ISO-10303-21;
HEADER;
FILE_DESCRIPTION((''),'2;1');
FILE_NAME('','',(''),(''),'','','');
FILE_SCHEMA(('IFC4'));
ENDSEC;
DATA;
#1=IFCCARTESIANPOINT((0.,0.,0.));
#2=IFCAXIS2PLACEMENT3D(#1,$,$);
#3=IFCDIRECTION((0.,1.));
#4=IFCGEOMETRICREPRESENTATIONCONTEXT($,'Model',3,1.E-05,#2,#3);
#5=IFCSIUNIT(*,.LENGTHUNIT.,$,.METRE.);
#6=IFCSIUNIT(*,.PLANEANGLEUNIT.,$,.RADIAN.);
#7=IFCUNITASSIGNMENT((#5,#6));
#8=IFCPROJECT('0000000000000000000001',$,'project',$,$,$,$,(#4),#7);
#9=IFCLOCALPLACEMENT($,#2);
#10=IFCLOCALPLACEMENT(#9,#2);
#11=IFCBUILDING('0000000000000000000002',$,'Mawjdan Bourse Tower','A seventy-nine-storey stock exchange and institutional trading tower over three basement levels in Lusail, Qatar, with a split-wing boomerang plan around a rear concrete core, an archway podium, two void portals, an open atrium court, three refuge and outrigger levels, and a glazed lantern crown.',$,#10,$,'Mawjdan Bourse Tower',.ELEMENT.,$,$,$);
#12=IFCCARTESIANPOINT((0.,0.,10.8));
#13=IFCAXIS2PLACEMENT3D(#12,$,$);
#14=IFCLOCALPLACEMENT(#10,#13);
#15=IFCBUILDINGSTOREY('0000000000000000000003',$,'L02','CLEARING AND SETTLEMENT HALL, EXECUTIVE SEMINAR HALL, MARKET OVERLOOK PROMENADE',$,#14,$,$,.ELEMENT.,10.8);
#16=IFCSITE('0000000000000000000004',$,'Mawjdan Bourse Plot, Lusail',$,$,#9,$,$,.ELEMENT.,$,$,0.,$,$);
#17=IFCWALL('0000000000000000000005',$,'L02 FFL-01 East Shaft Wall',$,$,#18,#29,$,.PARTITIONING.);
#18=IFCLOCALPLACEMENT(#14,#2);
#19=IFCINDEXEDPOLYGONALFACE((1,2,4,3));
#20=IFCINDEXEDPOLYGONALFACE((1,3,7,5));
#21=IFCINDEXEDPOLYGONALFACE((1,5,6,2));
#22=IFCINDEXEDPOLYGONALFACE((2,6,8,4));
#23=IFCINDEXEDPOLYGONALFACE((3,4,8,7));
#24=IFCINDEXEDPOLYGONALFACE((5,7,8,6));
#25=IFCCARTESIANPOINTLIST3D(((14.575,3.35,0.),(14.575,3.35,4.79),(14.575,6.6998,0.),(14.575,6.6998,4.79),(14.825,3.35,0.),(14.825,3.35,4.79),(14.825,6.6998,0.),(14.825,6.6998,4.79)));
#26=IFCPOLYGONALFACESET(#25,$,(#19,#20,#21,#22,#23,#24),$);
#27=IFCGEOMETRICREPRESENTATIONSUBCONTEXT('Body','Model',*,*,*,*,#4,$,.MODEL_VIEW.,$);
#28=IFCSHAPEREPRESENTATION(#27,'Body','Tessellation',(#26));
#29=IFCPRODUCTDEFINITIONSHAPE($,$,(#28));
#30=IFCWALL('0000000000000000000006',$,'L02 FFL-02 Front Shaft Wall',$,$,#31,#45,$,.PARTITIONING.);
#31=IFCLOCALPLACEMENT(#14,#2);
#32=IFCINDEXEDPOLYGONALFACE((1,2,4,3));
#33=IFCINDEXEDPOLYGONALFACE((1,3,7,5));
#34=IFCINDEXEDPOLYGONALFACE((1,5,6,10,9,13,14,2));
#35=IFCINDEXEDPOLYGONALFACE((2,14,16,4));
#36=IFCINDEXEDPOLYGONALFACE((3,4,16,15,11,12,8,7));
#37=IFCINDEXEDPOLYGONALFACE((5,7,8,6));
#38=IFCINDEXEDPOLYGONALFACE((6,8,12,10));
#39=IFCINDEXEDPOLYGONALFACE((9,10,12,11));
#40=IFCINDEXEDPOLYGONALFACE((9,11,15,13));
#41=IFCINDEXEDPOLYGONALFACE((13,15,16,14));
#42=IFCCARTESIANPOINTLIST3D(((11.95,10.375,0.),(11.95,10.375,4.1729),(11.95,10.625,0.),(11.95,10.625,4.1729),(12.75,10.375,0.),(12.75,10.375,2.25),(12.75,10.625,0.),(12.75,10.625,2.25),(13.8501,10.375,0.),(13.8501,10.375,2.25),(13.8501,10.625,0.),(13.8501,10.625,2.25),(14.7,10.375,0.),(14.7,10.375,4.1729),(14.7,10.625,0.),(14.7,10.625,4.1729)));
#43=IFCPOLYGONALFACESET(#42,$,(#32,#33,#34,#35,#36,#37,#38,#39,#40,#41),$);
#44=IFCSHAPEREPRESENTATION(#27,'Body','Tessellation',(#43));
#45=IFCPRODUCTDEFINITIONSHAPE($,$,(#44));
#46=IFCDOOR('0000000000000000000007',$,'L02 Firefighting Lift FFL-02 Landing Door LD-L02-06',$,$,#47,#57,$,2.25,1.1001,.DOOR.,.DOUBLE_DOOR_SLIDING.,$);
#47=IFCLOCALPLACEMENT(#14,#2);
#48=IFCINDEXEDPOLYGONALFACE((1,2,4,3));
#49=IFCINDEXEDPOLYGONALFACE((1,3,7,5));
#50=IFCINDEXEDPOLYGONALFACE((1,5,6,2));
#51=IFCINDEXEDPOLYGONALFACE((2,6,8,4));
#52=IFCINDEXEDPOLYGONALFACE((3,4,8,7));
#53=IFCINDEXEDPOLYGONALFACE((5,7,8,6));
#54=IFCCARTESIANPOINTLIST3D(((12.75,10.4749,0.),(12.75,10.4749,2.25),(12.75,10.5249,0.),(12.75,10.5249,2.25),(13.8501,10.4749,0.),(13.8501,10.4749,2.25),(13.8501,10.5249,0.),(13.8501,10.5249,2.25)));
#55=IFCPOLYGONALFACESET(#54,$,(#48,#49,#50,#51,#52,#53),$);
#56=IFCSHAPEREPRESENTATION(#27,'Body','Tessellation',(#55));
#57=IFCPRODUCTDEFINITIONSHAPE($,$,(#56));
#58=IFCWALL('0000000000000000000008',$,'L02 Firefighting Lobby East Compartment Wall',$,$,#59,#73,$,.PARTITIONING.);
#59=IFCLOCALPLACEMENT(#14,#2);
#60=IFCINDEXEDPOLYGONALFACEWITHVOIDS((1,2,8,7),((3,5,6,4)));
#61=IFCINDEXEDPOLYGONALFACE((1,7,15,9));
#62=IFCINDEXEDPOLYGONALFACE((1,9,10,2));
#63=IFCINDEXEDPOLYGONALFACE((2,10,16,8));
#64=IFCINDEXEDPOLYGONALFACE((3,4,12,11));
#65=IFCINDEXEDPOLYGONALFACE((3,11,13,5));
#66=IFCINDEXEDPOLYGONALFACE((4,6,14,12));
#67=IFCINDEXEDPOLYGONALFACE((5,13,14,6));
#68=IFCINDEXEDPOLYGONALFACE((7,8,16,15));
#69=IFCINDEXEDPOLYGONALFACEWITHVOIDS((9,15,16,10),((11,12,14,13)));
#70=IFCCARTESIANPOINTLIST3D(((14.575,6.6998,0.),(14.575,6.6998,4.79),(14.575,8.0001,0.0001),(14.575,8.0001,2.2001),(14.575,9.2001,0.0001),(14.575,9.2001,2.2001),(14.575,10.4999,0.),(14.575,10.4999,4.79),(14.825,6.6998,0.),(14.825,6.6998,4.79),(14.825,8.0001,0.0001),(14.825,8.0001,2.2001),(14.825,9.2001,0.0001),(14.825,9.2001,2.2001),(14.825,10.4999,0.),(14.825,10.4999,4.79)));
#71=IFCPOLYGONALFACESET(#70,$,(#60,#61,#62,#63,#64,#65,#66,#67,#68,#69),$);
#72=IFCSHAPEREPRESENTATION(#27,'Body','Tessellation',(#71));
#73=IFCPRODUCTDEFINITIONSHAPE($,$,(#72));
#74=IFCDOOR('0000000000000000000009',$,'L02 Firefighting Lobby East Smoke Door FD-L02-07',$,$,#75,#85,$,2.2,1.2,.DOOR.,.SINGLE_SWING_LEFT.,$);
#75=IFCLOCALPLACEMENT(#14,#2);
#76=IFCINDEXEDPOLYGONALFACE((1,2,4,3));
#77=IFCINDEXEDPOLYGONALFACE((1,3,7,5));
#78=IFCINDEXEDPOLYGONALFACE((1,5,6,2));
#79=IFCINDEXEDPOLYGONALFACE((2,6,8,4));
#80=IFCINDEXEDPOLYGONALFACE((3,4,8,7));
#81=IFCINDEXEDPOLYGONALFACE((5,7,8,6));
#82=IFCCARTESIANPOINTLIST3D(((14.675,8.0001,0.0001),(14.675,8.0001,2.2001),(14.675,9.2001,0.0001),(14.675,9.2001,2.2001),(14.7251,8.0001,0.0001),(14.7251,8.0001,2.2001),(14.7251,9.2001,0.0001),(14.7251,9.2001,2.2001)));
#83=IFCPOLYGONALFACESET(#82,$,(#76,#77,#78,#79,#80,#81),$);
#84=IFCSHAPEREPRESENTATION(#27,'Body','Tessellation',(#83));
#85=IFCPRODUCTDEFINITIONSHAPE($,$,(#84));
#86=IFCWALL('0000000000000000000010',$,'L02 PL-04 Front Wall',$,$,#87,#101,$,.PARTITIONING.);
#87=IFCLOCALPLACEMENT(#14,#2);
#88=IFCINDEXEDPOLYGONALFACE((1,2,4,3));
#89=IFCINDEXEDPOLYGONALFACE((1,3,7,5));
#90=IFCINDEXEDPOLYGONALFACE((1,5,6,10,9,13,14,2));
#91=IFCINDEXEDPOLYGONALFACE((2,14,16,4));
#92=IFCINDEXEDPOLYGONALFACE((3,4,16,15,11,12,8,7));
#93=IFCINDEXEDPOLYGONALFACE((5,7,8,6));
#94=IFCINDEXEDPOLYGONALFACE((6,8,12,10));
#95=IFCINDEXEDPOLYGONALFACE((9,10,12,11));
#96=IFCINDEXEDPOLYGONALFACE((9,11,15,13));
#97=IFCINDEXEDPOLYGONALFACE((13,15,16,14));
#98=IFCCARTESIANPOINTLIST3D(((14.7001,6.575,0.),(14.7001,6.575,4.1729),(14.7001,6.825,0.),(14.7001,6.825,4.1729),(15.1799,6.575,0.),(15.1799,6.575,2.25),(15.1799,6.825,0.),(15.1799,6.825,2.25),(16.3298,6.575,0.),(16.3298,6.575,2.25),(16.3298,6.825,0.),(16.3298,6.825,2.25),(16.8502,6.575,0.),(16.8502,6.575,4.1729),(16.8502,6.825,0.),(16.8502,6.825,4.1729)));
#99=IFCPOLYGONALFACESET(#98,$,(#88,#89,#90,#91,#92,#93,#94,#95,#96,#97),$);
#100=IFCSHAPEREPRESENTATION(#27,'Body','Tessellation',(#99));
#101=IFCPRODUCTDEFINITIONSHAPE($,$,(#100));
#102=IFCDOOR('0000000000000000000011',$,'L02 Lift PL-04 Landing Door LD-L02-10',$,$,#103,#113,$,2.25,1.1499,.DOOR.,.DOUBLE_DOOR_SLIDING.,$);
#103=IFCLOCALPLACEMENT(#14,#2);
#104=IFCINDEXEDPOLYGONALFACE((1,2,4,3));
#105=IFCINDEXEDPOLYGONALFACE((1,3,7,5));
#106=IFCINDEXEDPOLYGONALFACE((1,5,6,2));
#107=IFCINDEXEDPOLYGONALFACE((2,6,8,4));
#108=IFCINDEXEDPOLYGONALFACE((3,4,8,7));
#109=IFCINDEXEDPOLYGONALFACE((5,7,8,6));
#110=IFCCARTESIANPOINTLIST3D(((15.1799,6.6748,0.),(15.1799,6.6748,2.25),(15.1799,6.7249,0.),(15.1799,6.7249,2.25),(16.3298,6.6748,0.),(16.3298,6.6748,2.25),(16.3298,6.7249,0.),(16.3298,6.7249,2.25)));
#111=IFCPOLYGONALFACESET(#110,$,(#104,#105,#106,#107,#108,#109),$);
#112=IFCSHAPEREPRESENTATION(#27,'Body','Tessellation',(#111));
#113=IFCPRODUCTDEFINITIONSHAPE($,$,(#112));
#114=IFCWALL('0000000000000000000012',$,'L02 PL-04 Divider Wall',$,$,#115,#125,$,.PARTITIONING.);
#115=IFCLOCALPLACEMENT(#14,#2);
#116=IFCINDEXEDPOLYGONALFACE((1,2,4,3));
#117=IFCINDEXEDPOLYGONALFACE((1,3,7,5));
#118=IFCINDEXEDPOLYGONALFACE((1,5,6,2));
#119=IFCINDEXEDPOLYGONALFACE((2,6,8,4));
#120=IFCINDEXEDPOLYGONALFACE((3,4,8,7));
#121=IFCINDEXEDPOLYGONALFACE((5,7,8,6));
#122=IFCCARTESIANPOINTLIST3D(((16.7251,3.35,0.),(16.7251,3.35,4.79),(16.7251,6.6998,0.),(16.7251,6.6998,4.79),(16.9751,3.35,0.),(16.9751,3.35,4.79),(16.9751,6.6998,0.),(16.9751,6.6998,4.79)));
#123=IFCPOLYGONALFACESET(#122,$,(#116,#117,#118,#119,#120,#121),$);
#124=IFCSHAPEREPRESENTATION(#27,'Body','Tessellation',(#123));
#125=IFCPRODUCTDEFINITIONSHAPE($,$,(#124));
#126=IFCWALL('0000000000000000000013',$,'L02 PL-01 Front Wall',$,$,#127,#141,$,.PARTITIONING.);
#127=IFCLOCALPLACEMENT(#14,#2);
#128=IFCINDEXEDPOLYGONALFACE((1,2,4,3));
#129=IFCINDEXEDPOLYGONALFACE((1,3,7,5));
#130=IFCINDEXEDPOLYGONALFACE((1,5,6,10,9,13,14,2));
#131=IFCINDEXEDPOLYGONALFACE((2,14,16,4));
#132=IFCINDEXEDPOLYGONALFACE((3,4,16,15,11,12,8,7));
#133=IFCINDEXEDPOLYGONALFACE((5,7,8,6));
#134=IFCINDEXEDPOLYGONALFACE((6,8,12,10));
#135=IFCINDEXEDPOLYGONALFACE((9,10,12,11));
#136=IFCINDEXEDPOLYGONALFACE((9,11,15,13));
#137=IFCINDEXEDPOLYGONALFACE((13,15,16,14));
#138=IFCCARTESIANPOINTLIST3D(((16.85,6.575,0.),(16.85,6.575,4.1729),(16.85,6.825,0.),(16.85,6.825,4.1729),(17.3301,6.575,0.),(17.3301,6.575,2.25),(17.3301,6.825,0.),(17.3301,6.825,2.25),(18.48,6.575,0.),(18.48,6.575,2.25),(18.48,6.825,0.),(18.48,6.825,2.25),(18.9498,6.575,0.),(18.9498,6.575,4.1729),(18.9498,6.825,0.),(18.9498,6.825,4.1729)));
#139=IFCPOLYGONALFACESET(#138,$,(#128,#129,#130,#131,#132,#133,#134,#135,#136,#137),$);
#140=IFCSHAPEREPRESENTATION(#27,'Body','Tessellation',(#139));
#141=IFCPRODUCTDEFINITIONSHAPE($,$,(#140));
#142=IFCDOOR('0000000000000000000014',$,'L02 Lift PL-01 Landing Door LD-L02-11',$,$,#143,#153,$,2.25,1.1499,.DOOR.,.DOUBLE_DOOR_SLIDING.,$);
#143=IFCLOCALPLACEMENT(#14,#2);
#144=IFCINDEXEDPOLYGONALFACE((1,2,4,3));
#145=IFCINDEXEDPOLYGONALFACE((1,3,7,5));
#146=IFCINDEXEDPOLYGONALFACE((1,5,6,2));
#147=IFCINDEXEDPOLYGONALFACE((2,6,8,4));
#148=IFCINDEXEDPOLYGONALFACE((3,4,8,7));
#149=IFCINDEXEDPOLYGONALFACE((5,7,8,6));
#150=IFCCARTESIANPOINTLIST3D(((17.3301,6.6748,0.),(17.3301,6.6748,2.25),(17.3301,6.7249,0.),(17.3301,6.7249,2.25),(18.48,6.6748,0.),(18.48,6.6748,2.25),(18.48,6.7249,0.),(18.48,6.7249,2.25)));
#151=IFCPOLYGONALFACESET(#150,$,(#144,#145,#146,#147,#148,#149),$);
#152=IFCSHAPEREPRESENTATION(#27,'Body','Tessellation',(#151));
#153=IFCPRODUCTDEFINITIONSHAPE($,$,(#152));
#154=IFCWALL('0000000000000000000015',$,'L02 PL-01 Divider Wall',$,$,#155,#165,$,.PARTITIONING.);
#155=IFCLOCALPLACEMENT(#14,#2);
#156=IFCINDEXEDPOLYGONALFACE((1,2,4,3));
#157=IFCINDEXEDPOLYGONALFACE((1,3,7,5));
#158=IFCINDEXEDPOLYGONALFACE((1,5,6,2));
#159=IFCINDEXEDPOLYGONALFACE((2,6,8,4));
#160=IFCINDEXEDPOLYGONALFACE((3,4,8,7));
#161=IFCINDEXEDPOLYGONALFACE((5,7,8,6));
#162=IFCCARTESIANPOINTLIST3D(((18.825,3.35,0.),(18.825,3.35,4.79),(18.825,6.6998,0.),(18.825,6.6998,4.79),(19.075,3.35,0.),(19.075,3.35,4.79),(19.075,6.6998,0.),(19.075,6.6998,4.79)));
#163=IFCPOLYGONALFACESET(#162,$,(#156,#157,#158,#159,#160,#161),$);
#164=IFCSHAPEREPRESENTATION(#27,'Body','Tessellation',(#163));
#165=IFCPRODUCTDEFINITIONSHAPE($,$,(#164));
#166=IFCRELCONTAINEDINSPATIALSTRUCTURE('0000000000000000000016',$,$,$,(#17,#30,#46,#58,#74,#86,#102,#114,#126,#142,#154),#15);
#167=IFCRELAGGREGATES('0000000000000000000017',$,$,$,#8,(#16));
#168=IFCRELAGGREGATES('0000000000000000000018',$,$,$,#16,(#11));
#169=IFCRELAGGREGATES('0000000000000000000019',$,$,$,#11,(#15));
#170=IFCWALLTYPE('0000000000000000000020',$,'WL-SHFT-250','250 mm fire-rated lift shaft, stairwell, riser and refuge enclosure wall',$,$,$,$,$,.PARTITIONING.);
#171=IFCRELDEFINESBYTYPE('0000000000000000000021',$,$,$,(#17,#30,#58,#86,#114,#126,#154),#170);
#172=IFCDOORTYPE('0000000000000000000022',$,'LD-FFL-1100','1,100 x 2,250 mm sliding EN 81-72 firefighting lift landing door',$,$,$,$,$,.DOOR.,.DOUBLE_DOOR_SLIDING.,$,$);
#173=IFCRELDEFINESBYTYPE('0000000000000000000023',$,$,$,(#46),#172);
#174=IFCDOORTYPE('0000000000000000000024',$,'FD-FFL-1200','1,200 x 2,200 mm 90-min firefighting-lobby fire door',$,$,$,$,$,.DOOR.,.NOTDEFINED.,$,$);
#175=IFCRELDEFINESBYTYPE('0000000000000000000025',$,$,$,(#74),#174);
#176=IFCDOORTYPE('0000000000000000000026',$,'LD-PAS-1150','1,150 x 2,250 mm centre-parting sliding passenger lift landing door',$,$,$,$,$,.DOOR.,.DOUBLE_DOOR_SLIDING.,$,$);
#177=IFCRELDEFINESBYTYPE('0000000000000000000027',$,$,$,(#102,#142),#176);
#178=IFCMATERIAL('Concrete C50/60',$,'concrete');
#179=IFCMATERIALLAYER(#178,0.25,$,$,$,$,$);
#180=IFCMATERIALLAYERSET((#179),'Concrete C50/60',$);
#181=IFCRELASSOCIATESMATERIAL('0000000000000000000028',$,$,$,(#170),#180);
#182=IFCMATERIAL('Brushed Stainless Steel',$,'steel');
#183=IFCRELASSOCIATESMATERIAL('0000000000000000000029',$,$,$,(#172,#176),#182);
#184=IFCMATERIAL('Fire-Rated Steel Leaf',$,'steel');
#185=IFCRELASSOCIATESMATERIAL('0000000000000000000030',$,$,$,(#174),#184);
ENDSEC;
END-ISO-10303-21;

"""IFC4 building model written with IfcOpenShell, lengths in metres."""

from ifc_helpers import new_model, si_unit, direction, frame, frame_2d, origin, place, context, subcontext, project, spatial, rectangle, extrude, material, layer, layer_set, type_object, element, fill, save


model = new_model("IFC4")

# Units and contexts
model_context = context("Model", 3, precision=1e-05, world=origin(), true_north=direction((0.0, 1.0)))
body_context = subcontext(model_context, "Body", "Model", "MODEL_VIEW")
ifc_project = project(units=[si_unit("LENGTHUNIT", "METRE"), si_unit("PLANEANGLEUNIT", "RADIAN")], contexts=[model_context])

# Site, building, storey
site_placement = place(None, origin())
site = spatial("IfcSite", under=ifc_project, at=site_placement, Name="Mawjdan Bourse Plot, Lusail", CompositionType="ELEMENT", RefElevation=0.0)
building_placement = place(site_placement, origin())
building = spatial("IfcBuilding", under=site, at=building_placement, Name="Mawjdan Bourse Tower", Description="A seventy-nine-storey stock exchange and institutional trading tower over three basement levels in Lusail, Qatar, with a split-wing boomerang plan around a rear concrete core, an archway podium, two void portals, an open atrium court, three refuge and outrigger levels, and a glazed lantern crown.", LongName="Mawjdan Bourse Tower", CompositionType="ELEMENT")
storey_placement = place(building_placement, frame((0.0, 0.0, 10.8)))
storey = spatial("IfcBuildingStorey", under=building, at=storey_placement, Name="L02", Description="CLEARING AND SETTLEMENT HALL, EXECUTIVE SEMINAR HALL, MARKET OVERLOOK PROMENADE", CompositionType="ELEMENT", Elevation=10.8)

# Shared definitions
ifc_material_1 = material(Name="Concrete C50/60", Category="concrete")
ifc_layer_1 = layer(ifc_material_1, 0.25)
ifc_layer_set_1 = layer_set([ifc_layer_1], Name="Concrete C50/60")
wall_type_1 = type_object("IfcWallType", Name="WL-SHFT-250", Description="250 mm fire-rated lift shaft, stairwell, riser and refuge enclosure wall", PredefinedType="PARTITIONING", material=ifc_layer_set_1)

# Shared definitions
ifc_material_2 = material(Name="Brushed Stainless Steel", Category="steel")
door_type_1 = type_object("IfcDoorType", Name="LD-FFL-1100", Description="1,100 x 2,250 mm sliding EN 81-72 firefighting lift landing door", OperationType="DOUBLE_DOOR_SLIDING", PredefinedType="DOOR", material=ifc_material_2)

# Wall
wall_1_placement = place(storey_placement, frame((14.7, 3.3501, 0.0), z_axis=(0.0, 0.0, 1.0), x_axis=(0.0, 1.0, 0.0)))
element("IfcWall", 1, at=wall_1_placement, inside=storey, type_object=wall_type_1, Name="L02 FFL-01 East Shaft Wall", PredefinedType="PARTITIONING", context=body_context, shape_type="SweptSolid", body=[
    extrude(rectangle(XDim=3.3499, YDim=0.25, at=frame_2d((1.6748, 0.0))), origin(), (0.0, 0.0, 1.0), 4.79),
])

# Walls, openings, doors
wall_2_placement = place(storey_placement, frame((11.95, 10.5, 0.0), z_axis=(0.0, 0.0, 1.0), x_axis=(1.0, 0.0, 0.0)))
wall_2 = element("IfcWall", 2, at=wall_2_placement, inside=storey, type_object=wall_type_1, Name="L02 FFL-02 Front Shaft Wall", PredefinedType="PARTITIONING", context=body_context, shape_type="SweptSolid", body=[
    extrude(rectangle(XDim=2.75, YDim=0.25, at=frame_2d((1.375, 0.0))), origin(), (0.0, 0.0, 1.0), 4.1729),
])
opening_1_placement = place(wall_2_placement, frame((0.8, 0.0, 0.0)))
opening_1 = element("IfcOpeningElement", 3, at=opening_1_placement, cuts=wall_2, PredefinedType="OPENING", context=body_context, shape_type="SweptSolid", body=[
    extrude(rectangle(XDim=1.1001, YDim=2.25, at=frame_2d((0.55, 1.125))), frame((0.0, 0.135, 0.0), z_axis=(0.0, -1.0, 0.0), x_axis=(1.0, 0.0, 0.0)), (0.0, 0.0, 1.0), 0.27),
])
door_1_placement = place(opening_1_placement, origin())
door_1 = element("IfcDoor", 4, at=door_1_placement, inside=storey, type_object=door_type_1, Name="L02 Firefighting Lift FFL-02 Landing Door LD-L02-06", OperationType="DOUBLE_DOOR_SLIDING", OverallHeight=2.25, OverallWidth=1.1001, PredefinedType="DOOR", context=body_context, shape_type="SweptSolid", body=[
    extrude(rectangle(XDim=1.1001, YDim=2.25, at=frame_2d((0.55, 1.125))), frame((0.0, 0.0249, 0.0), z_axis=(0.0, -1.0, 0.0), x_axis=(1.0, 0.0, 0.0)), (0.0, 0.0, 1.0), 0.05),
])
fill(opening_1, door_1)
wall_3_placement = place(storey_placement, frame((14.7, 6.7, 0.0), z_axis=(0.0, 0.0, 1.0), x_axis=(0.0, 1.0, 0.0)))
wall_3 = element("IfcWall", 5, at=wall_3_placement, inside=storey, type_object=wall_type_1, Name="L02 Firefighting Lobby East Compartment Wall", PredefinedType="PARTITIONING", context=body_context, shape_type="SweptSolid", body=[
    extrude(rectangle(XDim=3.8, YDim=0.25, at=frame_2d((1.8999, 0.0))), origin(), (0.0, 0.0, 1.0), 4.79),
])
opening_2_placement = place(wall_3_placement, frame((1.3, 0.0, 0.0)))
opening_2 = element("IfcOpeningElement", 6, at=opening_2_placement, cuts=wall_3, PredefinedType="OPENING", context=body_context, shape_type="SweptSolid", body=[
    extrude(rectangle(XDim=1.2, YDim=2.2, at=frame_2d((0.6001, 1.1001))), frame((0.0, 0.135, 0.0), z_axis=(0.0, -1.0, 0.0), x_axis=(1.0, 0.0, 0.0)), (0.0, 0.0, 1.0), 0.27),
])
ifc_material_3 = material(Name="Fire-Rated Steel Leaf", Category="steel")
door_type_2 = type_object("IfcDoorType", Name="FD-FFL-1200", Description="1,200 x 2,200 mm 90-min firefighting-lobby fire door", OperationType="NOTDEFINED", PredefinedType="DOOR", material=ifc_material_3)
door_2_placement = place(opening_2_placement, origin())
door_2 = element("IfcDoor", 7, at=door_2_placement, inside=storey, type_object=door_type_2, Name="L02 Firefighting Lobby East Smoke Door FD-L02-07", OperationType="SINGLE_SWING_LEFT", OverallHeight=2.2, OverallWidth=1.2, PredefinedType="DOOR", context=body_context, shape_type="SweptSolid", body=[
    extrude(rectangle(XDim=1.2, YDim=2.2, at=frame_2d((0.6001, 1.1001))), frame((0.0, 0.0249, 0.0), z_axis=(0.0, -1.0, 0.0), x_axis=(1.0, 0.0, 0.0)), (0.0, 0.0, 1.0), 0.05),
])
fill(opening_2, door_2)
wall_4_placement = place(storey_placement, frame((14.7, 6.7, 0.0), z_axis=(0.0, 0.0, 1.0), x_axis=(1.0, 0.0, 0.0)))
wall_4 = element("IfcWall", 8, at=wall_4_placement, inside=storey, type_object=wall_type_1, Name="L02 PL-04 Front Wall", PredefinedType="PARTITIONING", context=body_context, shape_type="SweptSolid", body=[
    extrude(rectangle(XDim=2.1501, YDim=0.25, at=frame_2d((1.0752, 0.0))), origin(), (0.0, 0.0, 1.0), 4.1729),
])
opening_3_placement = place(wall_4_placement, frame((0.48, 0.0, 0.0)))
opening_3 = element("IfcOpeningElement", 9, at=opening_3_placement, cuts=wall_4, PredefinedType="OPENING", context=body_context, shape_type="SweptSolid", body=[
    extrude(rectangle(XDim=1.1499, YDim=2.25, at=frame_2d((0.575, 1.125))), frame((0.0, 0.135, 0.0), z_axis=(0.0, -1.0, 0.0), x_axis=(1.0, 0.0, 0.0)), (0.0, 0.0, 1.0), 0.27),
])
door_type_3 = type_object("IfcDoorType", Name="LD-PAS-1150", Description="1,150 x 2,250 mm centre-parting sliding passenger lift landing door", OperationType="DOUBLE_DOOR_SLIDING", PredefinedType="DOOR", material=ifc_material_2)
door_3_placement = place(opening_3_placement, origin())
door_3 = element("IfcDoor", 10, at=door_3_placement, inside=storey, type_object=door_type_3, Name="L02 Lift PL-04 Landing Door LD-L02-10", OperationType="DOUBLE_DOOR_SLIDING", OverallHeight=2.25, OverallWidth=1.1499, PredefinedType="DOOR", context=body_context, shape_type="SweptSolid", body=[
    extrude(rectangle(XDim=1.1499, YDim=2.25, at=frame_2d((0.575, 1.125))), frame((0.0, 0.0249, 0.0), z_axis=(0.0, -1.0, 0.0), x_axis=(1.0, 0.0, 0.0)), (0.0, 0.0, 1.0), 0.05),
])
fill(opening_3, door_3)

# Wall
wall_5_placement = place(storey_placement, frame((16.8501, 3.3501, 0.0), z_axis=(0.0, 0.0, 1.0), x_axis=(0.0, 1.0, 0.0)))
element("IfcWall", 11, at=wall_5_placement, inside=storey, type_object=wall_type_1, Name="L02 PL-04 Divider Wall", PredefinedType="PARTITIONING", context=body_context, shape_type="SweptSolid", body=[
    extrude(rectangle(XDim=3.3499, YDim=0.25, at=frame_2d((1.6748, 0.0))), origin(), (0.0, 0.0, 1.0), 4.79),
])

# Wall, opening, door
wall_6_placement = place(storey_placement, frame((16.8501, 6.7, 0.0), z_axis=(0.0, 0.0, 1.0), x_axis=(1.0, 0.0, 0.0)))
wall_6 = element("IfcWall", 12, at=wall_6_placement, inside=storey, type_object=wall_type_1, Name="L02 PL-01 Front Wall", PredefinedType="PARTITIONING", context=body_context, shape_type="SweptSolid", body=[
    extrude(rectangle(XDim=2.0999, YDim=0.25, at=frame_2d((1.0498, 0.0))), origin(), (0.0, 0.0, 1.0), 4.1729),
])
opening_4_placement = place(wall_6_placement, frame((0.48, 0.0, 0.0)))
opening_4 = element("IfcOpeningElement", 13, at=opening_4_placement, cuts=wall_6, PredefinedType="OPENING", context=body_context, shape_type="SweptSolid", body=[
    extrude(rectangle(XDim=1.1499, YDim=2.25, at=frame_2d((0.575, 1.125))), frame((0.0, 0.135, 0.0), z_axis=(0.0, -1.0, 0.0), x_axis=(1.0, 0.0, 0.0)), (0.0, 0.0, 1.0), 0.27),
])
door_4_placement = place(opening_4_placement, origin())
door_4 = element("IfcDoor", 14, at=door_4_placement, inside=storey, type_object=door_type_3, Name="L02 Lift PL-01 Landing Door LD-L02-11", OperationType="DOUBLE_DOOR_SLIDING", OverallHeight=2.25, OverallWidth=1.1499, PredefinedType="DOOR", context=body_context, shape_type="SweptSolid", body=[
    extrude(rectangle(XDim=1.1499, YDim=2.25, at=frame_2d((0.575, 1.125))), frame((0.0, 0.0249, 0.0), z_axis=(0.0, -1.0, 0.0), x_axis=(1.0, 0.0, 0.0)), (0.0, 0.0, 1.0), 0.05),
])
fill(opening_4, door_4)

# Wall
wall_7_placement = place(storey_placement, frame((18.95, 3.3501, 0.0), z_axis=(0.0, 0.0, 1.0), x_axis=(0.0, 1.0, 0.0)))
element("IfcWall", 15, at=wall_7_placement, inside=storey, type_object=wall_type_1, Name="L02 PL-01 Divider Wall", PredefinedType="PARTITIONING", context=body_context, shape_type="SweptSolid", body=[
    extrude(rectangle(XDim=3.3499, YDim=0.25, at=frame_2d((1.6748, 0.0))), origin(), (0.0, 0.0, 1.0), 4.79),
])

save(model, "model.ifc")
